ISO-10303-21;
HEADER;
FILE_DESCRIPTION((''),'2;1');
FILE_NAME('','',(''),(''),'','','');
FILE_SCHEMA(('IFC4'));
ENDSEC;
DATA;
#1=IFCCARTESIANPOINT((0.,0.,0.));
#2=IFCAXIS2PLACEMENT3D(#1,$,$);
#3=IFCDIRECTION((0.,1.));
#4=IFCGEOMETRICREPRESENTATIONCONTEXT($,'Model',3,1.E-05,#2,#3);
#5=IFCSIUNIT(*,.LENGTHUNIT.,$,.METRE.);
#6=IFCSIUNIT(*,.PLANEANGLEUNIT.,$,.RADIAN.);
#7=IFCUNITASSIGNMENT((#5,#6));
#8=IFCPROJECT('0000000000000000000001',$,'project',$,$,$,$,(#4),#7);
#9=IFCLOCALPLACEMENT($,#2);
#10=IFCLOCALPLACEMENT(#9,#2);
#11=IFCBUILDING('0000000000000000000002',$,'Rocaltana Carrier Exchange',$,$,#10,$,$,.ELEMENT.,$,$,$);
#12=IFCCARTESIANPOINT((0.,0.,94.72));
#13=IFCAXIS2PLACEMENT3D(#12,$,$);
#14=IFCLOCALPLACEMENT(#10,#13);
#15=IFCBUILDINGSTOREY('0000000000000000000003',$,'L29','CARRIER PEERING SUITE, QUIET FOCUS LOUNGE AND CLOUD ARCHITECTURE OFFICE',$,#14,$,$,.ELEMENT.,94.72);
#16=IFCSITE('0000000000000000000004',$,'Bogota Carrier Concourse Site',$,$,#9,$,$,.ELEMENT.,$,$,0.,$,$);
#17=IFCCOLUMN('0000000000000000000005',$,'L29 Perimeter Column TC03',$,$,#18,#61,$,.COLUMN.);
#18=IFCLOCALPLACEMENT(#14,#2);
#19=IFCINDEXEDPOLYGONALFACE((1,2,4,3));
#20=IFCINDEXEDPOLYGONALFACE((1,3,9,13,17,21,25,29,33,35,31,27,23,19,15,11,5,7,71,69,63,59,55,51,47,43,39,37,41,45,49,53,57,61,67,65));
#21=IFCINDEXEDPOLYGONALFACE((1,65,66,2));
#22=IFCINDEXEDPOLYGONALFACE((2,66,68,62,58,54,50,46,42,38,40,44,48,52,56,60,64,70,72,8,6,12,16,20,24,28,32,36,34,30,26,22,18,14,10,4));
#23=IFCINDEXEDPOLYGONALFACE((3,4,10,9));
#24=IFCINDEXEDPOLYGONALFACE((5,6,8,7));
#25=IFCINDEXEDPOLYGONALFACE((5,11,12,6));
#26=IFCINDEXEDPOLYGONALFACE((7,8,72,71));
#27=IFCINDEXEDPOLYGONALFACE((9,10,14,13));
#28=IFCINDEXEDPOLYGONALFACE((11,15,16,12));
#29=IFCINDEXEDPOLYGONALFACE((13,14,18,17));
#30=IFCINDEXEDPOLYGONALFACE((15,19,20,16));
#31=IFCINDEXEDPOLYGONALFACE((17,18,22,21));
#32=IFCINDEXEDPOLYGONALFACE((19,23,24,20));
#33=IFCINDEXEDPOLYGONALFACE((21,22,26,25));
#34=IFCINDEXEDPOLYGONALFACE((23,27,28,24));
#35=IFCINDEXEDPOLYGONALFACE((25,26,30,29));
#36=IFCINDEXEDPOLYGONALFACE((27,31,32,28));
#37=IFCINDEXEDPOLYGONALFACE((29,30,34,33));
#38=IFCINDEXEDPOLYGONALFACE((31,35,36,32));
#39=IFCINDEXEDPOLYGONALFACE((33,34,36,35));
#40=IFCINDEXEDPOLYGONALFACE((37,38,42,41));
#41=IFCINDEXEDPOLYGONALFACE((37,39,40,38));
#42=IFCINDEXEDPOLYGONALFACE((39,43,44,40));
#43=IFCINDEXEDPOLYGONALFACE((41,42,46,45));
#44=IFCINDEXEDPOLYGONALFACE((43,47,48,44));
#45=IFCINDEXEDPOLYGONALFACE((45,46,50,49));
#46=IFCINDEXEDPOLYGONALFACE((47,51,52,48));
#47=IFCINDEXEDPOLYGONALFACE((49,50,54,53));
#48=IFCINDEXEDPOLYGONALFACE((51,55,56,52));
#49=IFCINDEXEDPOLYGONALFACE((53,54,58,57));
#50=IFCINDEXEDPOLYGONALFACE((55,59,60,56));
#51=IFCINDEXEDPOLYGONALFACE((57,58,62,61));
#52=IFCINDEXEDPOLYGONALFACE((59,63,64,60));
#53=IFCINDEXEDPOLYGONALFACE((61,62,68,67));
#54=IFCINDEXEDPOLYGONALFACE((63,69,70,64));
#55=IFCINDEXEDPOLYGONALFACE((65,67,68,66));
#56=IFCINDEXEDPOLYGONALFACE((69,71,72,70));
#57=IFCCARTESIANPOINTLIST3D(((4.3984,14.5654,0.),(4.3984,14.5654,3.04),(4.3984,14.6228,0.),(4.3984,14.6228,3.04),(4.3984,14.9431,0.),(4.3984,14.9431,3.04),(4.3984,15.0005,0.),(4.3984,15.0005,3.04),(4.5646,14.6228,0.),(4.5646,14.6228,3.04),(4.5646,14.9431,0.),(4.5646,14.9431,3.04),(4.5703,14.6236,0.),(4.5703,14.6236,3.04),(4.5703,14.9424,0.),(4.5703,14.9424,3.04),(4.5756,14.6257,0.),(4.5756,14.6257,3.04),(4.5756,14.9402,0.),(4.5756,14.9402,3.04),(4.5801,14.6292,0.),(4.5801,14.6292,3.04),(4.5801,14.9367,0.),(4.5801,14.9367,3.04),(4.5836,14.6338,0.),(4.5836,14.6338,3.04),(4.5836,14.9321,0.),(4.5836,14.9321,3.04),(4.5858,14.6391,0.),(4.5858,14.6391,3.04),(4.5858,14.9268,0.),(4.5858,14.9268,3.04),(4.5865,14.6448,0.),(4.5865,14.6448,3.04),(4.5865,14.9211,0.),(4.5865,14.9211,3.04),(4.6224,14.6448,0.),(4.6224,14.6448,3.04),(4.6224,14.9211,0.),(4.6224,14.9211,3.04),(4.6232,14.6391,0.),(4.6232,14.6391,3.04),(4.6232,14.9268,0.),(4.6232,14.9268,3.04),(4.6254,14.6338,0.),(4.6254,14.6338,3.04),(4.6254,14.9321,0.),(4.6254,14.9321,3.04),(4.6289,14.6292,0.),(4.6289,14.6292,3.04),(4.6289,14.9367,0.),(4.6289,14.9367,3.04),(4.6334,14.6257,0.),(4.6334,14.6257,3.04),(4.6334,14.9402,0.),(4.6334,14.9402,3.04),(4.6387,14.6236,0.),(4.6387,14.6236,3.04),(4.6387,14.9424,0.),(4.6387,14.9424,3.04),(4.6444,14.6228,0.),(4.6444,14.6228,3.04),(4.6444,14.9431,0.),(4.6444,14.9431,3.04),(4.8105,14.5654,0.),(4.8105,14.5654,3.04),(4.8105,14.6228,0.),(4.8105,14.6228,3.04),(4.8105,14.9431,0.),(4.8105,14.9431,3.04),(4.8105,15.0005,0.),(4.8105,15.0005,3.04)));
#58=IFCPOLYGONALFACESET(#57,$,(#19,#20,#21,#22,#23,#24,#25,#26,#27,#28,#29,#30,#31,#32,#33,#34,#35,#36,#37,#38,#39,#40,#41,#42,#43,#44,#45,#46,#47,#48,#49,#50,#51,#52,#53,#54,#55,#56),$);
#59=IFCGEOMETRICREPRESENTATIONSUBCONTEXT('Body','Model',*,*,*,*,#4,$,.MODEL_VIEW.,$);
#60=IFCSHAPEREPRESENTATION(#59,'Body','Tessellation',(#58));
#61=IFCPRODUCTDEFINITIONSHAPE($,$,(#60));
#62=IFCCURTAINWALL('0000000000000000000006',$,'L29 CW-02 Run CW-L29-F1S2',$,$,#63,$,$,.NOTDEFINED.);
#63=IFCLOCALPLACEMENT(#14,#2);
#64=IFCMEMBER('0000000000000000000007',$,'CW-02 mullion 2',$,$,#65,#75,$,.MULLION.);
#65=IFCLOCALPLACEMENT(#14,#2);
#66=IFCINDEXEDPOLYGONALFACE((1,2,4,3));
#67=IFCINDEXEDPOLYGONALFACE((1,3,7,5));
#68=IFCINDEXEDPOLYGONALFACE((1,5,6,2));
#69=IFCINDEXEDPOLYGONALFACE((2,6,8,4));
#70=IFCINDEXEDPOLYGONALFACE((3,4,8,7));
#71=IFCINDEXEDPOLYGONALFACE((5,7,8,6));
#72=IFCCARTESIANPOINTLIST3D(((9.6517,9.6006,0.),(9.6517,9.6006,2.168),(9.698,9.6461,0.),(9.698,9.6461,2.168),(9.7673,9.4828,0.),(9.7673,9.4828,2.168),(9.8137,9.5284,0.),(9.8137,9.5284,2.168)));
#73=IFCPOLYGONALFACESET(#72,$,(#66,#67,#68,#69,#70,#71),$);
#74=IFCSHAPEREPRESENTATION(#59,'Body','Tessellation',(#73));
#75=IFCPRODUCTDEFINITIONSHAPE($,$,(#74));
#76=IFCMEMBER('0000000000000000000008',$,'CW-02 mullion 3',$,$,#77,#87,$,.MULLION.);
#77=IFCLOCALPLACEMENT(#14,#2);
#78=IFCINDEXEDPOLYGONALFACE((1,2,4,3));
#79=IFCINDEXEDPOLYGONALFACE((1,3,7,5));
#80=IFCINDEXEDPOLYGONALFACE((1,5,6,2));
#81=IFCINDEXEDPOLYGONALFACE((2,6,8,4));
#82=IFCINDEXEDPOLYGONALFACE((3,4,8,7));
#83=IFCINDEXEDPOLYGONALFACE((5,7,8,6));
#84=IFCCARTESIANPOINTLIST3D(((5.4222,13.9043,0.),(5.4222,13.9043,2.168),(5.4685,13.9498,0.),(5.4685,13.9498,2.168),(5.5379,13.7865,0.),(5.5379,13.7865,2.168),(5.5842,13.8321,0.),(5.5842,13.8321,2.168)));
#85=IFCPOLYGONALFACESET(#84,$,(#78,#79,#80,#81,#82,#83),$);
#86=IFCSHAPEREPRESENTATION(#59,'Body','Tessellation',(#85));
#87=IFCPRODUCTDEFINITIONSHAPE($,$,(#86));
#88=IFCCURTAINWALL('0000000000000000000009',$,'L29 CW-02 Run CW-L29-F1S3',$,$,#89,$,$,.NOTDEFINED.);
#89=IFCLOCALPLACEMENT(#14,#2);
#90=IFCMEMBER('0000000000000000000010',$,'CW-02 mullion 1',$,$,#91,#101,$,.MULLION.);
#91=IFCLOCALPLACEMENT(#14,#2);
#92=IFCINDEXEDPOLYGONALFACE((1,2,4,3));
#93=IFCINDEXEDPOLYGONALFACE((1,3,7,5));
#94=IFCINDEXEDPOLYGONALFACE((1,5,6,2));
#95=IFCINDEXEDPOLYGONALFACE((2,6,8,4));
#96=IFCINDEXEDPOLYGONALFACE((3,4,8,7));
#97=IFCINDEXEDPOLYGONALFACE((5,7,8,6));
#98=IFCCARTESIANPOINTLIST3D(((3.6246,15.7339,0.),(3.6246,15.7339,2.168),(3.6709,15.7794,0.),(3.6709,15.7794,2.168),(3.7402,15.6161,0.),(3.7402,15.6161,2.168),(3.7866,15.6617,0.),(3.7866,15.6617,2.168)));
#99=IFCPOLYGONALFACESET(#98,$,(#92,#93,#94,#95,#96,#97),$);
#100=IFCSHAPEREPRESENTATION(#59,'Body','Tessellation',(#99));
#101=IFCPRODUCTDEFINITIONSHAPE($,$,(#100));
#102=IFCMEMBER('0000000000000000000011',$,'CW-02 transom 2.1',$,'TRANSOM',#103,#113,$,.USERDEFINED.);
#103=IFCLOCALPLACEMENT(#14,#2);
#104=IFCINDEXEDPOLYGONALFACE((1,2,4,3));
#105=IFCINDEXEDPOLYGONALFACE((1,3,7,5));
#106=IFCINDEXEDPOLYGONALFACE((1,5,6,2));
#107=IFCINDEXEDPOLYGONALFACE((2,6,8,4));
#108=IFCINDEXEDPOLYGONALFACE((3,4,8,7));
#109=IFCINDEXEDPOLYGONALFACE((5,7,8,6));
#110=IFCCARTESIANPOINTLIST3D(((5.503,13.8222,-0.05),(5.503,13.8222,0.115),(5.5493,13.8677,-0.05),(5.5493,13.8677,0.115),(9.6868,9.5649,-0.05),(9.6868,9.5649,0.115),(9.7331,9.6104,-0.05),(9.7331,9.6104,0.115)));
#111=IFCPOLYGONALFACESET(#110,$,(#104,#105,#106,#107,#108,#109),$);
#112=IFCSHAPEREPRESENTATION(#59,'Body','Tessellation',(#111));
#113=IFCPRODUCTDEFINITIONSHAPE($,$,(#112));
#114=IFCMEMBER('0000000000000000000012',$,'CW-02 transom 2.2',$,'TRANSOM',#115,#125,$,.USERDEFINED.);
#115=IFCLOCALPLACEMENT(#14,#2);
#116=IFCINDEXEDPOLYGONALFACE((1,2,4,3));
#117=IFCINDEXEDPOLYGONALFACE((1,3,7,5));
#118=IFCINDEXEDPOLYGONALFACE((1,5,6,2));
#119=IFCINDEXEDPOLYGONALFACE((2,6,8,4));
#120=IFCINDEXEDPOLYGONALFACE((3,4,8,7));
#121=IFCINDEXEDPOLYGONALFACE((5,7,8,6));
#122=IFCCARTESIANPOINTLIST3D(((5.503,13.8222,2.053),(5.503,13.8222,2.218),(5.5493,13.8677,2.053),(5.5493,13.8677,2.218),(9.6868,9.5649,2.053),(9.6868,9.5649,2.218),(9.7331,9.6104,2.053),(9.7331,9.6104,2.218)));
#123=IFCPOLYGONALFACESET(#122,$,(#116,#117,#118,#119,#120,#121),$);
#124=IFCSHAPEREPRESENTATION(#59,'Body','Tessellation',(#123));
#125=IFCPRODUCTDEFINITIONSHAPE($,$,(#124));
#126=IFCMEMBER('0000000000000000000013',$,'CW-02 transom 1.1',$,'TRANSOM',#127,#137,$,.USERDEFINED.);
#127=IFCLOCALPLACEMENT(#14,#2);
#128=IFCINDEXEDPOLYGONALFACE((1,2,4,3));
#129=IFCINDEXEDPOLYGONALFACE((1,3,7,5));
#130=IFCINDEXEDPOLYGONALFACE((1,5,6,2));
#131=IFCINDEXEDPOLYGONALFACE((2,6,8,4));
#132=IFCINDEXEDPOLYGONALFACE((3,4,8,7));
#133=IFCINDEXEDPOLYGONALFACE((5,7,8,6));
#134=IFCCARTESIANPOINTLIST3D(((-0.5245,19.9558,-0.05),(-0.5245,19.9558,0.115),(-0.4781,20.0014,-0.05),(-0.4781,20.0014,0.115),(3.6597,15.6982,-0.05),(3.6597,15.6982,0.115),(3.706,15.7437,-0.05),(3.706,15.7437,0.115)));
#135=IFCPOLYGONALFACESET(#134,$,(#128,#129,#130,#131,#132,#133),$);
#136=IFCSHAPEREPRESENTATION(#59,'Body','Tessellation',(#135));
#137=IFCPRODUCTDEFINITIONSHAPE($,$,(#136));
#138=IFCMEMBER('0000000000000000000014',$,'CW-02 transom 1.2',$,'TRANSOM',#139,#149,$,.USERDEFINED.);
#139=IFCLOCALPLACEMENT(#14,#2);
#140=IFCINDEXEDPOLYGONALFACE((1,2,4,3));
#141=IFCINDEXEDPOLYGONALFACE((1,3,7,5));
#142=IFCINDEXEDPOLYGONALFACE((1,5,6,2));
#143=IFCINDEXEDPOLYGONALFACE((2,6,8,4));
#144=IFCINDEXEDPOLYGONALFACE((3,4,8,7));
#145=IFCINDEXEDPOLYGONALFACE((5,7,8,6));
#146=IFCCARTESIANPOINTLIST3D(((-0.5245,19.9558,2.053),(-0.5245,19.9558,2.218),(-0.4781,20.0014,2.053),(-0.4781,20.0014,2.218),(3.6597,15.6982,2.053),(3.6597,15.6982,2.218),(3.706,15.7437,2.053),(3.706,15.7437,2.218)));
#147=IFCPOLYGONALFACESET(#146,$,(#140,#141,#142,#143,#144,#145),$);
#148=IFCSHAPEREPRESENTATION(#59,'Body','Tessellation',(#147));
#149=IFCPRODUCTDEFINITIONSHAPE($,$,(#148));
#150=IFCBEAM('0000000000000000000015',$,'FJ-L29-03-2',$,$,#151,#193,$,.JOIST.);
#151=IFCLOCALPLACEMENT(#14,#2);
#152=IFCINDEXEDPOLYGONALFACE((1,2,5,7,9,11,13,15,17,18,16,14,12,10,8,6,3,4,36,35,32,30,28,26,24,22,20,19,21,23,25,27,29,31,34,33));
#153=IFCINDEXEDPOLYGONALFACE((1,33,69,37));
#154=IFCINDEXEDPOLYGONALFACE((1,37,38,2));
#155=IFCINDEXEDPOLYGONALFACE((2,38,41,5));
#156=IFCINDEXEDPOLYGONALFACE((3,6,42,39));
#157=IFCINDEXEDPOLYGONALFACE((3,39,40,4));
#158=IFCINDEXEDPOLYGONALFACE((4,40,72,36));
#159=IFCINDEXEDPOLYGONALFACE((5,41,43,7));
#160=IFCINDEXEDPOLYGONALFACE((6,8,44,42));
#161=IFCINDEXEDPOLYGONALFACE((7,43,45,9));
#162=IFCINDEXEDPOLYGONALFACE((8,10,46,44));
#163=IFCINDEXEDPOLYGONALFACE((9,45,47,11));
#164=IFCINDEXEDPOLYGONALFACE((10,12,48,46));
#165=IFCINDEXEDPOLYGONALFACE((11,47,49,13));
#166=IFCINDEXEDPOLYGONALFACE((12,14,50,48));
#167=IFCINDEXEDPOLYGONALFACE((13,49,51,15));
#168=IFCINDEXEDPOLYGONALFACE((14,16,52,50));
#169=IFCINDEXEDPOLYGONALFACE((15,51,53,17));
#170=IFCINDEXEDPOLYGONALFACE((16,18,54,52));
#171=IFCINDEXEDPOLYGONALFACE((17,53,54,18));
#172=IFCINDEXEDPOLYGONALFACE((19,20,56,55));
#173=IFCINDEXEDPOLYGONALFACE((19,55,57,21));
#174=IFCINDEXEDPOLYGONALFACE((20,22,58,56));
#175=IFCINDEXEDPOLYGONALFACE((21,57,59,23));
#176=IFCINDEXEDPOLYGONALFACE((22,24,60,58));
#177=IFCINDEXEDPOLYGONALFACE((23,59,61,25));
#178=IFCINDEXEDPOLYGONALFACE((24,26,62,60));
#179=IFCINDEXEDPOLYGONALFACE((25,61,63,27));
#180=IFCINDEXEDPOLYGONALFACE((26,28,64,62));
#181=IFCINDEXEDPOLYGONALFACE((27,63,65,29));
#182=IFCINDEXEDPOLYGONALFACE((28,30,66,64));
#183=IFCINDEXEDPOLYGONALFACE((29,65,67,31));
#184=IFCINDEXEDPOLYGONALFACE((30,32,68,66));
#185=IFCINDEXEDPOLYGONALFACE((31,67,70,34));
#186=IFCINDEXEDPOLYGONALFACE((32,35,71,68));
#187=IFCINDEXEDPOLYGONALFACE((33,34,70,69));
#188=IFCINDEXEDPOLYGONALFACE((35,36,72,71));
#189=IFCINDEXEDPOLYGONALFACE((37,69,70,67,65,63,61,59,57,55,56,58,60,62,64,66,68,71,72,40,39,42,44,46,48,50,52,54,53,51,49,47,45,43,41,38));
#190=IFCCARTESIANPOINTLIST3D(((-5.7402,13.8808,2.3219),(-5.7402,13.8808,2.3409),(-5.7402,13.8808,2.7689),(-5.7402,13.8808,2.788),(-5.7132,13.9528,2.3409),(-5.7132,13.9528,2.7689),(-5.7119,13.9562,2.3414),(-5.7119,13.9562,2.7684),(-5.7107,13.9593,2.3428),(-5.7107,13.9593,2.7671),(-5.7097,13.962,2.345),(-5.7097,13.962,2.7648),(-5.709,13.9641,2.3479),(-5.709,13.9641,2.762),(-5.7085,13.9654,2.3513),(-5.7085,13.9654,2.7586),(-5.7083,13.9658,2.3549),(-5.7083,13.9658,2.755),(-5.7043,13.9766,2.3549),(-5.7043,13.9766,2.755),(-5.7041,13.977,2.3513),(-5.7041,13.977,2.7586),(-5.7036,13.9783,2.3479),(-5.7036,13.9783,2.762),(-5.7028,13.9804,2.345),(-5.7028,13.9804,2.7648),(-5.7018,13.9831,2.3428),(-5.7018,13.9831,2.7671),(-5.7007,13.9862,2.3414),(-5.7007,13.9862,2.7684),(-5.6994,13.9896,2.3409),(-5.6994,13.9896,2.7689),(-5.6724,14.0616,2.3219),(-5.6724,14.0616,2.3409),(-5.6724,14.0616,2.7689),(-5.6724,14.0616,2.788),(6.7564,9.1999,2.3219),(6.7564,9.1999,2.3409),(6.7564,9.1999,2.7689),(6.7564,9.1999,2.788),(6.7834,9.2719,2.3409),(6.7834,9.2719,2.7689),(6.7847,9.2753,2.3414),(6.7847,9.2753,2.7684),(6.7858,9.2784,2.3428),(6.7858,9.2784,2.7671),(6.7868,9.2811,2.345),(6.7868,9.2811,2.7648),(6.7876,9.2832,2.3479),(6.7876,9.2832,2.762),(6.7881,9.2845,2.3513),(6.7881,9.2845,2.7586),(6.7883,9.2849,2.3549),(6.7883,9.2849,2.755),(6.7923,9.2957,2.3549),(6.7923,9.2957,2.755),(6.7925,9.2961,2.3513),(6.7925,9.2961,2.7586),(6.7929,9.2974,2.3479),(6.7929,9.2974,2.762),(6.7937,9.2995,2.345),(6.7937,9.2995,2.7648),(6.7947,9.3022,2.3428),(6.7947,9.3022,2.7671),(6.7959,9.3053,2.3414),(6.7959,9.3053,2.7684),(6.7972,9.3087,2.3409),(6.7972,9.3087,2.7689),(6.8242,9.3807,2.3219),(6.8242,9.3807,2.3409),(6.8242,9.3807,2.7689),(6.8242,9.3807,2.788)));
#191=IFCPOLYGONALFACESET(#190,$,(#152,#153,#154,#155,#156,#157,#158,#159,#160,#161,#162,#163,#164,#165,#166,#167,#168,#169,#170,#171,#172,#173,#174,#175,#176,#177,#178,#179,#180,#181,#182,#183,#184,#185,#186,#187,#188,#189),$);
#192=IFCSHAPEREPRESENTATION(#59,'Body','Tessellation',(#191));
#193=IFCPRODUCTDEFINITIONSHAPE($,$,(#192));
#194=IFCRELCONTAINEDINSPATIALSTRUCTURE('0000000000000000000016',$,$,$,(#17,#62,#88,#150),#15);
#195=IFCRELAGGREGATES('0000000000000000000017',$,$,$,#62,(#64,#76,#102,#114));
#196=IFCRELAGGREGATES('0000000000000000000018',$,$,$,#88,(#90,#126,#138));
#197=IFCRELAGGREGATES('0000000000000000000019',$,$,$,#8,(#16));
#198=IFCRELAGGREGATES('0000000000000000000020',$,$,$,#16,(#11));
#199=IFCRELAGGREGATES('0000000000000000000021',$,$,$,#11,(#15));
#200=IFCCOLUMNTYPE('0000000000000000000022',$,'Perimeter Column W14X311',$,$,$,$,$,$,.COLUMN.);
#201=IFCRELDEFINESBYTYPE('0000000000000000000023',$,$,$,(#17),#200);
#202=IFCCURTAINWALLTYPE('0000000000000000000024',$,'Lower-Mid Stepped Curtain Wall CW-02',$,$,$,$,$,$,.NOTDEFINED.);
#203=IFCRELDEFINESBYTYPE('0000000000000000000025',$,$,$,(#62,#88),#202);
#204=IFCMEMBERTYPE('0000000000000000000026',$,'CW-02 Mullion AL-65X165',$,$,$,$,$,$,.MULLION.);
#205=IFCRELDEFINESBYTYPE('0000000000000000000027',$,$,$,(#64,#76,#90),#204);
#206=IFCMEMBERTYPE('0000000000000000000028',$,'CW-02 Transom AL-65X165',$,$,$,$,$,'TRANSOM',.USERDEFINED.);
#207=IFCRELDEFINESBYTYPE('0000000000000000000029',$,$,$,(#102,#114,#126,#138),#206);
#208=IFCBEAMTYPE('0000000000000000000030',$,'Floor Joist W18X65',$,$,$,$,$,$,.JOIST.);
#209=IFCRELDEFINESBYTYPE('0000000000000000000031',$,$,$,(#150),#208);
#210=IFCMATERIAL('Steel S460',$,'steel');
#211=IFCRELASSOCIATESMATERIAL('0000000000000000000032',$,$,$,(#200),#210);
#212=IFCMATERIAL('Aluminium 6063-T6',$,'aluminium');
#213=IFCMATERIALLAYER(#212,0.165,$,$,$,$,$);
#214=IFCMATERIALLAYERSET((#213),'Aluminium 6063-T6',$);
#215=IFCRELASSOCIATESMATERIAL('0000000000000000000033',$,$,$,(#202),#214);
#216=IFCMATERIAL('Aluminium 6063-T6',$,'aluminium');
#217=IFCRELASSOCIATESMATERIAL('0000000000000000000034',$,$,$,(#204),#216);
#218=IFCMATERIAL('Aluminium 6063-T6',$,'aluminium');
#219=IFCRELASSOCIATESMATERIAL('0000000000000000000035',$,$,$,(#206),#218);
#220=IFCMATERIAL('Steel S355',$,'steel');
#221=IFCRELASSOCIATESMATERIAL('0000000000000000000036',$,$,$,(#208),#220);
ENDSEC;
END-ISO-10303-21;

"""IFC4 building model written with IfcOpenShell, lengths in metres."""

from ifc_helpers import new_model, si_unit, direction, frame, origin, origin_2d, place, context, subcontext, project, spatial, rectangle, i_section, extrude, material, layer, layer_set, material_profile, profile_set, type_object, element, aggregate, save


model = new_model("IFC4")

# Units and contexts
model_context = context("Model", 3, precision=1e-05, world=origin(), true_north=direction((0.0, 1.0)))
body_context = subcontext(model_context, "Body", "Model", "MODEL_VIEW")
ifc_project = project(units=[si_unit("LENGTHUNIT", "METRE"), si_unit("PLANEANGLEUNIT", "RADIAN")], contexts=[model_context])

# Site, building, storey
site_placement = place(None, origin())
site = spatial("IfcSite", under=ifc_project, at=site_placement, Name="Bogota Carrier Concourse Site", CompositionType="ELEMENT", RefElevation=0.0)
building_placement = place(site_placement, origin())
building = spatial("IfcBuilding", under=site, at=building_placement, Name="Rocaltana Carrier Exchange", CompositionType="ELEMENT")
storey_placement = place(building_placement, frame((0.0, 0.0, 94.72)))
storey = spatial("IfcBuildingStorey", under=building, at=storey_placement, Name="L29", Description="CARRIER PEERING SUITE, QUIET FOCUS LOUNGE AND CLOUD ARCHITECTURE OFFICE", CompositionType="ELEMENT", Elevation=94.72)

# Column
ifc_material_1 = material(Name="Steel S460", Category="steel")
ifc_material_profile_1 = material_profile(ifc_material_1, i_section(OverallWidth=0.4121, OverallDepth=0.4351, WebThickness=0.0359, FlangeThickness=0.0574, FilletRadius=0.022, at=origin_2d()), Name="W14X311")
ifc_profile_set_1 = profile_set([ifc_material_profile_1], Name="Steel S460")
column_type = type_object("IfcColumnType", Name="Perimeter Column W14X311", PredefinedType="COLUMN", material=ifc_profile_set_1)
column_placement = place(storey_placement, frame((4.6045, 14.783, 0.0), z_axis=(0.0, 0.0, 1.0), x_axis=(1.0, 0.0, 0.0)))
element("IfcColumn", 1, at=column_placement, inside=storey, type_object=column_type, Name="L29 Perimeter Column TC03", PredefinedType="COLUMN", context=body_context, shape_type="SweptSolid", body=[
    extrude(i_section(OverallWidth=0.4121, OverallDepth=0.4351, WebThickness=0.0359, FlangeThickness=0.0574, FilletRadius=0.022, at=origin_2d()), origin(), (0.0, 0.0, 1.0), 3.04),
])

# Curtain wall, members
ifc_material_2 = material(Name="Aluminium 6063-T6", Category="aluminium")
ifc_layer_1 = layer(ifc_material_2, 0.165)
ifc_layer_set_1 = layer_set([ifc_layer_1], Name="Aluminium 6063-T6")
curtain_wall_type = type_object("IfcCurtainWallType", Name="Lower-Mid Stepped Curtain Wall CW-02", PredefinedType="NOTDEFINED", material=ifc_layer_set_1)
curtain_wall_1_placement = place(storey_placement, origin())
curtain_wall_1 = element("IfcCurtainWall", 2, at=curtain_wall_1_placement, inside=storey, type_object=curtain_wall_type, Name="L29 CW-02 Run CW-L29-F1S2", PredefinedType="NOTDEFINED")
ifc_material_3 = material(Name="Aluminium 6063-T6", Category="aluminium")
ifc_material_profile_2 = material_profile(ifc_material_3, rectangle(XDim=0.0649, YDim=0.165, at=origin_2d()), Name="AL-65X165")
ifc_profile_set_2 = profile_set([ifc_material_profile_2], Name="Aluminium 6063-T6")
member_type_1 = type_object("IfcMemberType", Name="CW-02 Mullion AL-65X165", PredefinedType="MULLION", material=ifc_profile_set_2)
member_1_placement = place(storey_placement, frame((9.7327, 9.5645, 0.0), z_axis=(0.0, 0.0, 1.0), x_axis=(-0.713245, -0.700915, 0.0)))
member_1 = element("IfcMember", 3, at=member_1_placement, type_object=member_type_1, Name="CW-02 mullion 2", PredefinedType="MULLION", context=body_context, shape_type="SweptSolid", body=[
    extrude(rectangle(XDim=0.0649, YDim=0.165, at=origin_2d()), origin(), (0.0, 0.0, 1.0), 2.168),
])
member_2_placement = place(storey_placement, frame((5.5032, 13.8682, 0.0), z_axis=(0.0, 0.0, 1.0), x_axis=(-0.713245, -0.700915, 0.0)))
member_2 = element("IfcMember", 4, at=member_2_placement, type_object=member_type_1, Name="CW-02 mullion 3", PredefinedType="MULLION", context=body_context, shape_type="SweptSolid", body=[
    extrude(rectangle(XDim=0.0649, YDim=0.165, at=origin_2d()), origin(), (0.0, 0.0, 1.0), 2.168),
])

# Curtain wall, member
curtain_wall_2_placement = place(storey_placement, origin())
curtain_wall_2 = element("IfcCurtainWall", 5, at=curtain_wall_2_placement, inside=storey, type_object=curtain_wall_type, Name="L29 CW-02 Run CW-L29-F1S3", PredefinedType="NOTDEFINED")
member_3_placement = place(storey_placement, frame((3.7056, 15.6978, 0.0), z_axis=(0.0, 0.0, 1.0), x_axis=(-0.713245, -0.700915, 0.0)))
member_3 = element("IfcMember", 6, at=member_3_placement, type_object=member_type_1, Name="CW-02 mullion 1", PredefinedType="MULLION", context=body_context, shape_type="SweptSolid", body=[
    extrude(rectangle(XDim=0.0649, YDim=0.165, at=origin_2d()), origin(), (0.0, 0.0, 1.0), 2.168),
])

# Members
ifc_material_4 = material(Name="Aluminium 6063-T6", Category="aluminium")
ifc_material_profile_3 = material_profile(ifc_material_4, rectangle(XDim=0.0649, YDim=0.165, at=origin_2d()), Name="AL-65X165")
ifc_profile_set_3 = profile_set([ifc_material_profile_3], Name="Aluminium 6063-T6")
member_type_2 = type_object("IfcMemberType", Name="CW-02 Transom AL-65X165", ElementType="TRANSOM", PredefinedType="USERDEFINED", material=ifc_profile_set_3)
member_4_placement = place(storey_placement, frame((9.71, 9.5876, 0.0325), z_axis=(-0.700924, 0.713236, 0.0), x_axis=(-0.713236, -0.700924, 0.0)))
member_4 = element("IfcMember", 7, at=member_4_placement, type_object=member_type_2, Name="CW-02 transom 2.1", ObjectType="TRANSOM", PredefinedType="USERDEFINED", context=body_context, shape_type="SweptSolid", body=[
    extrude(rectangle(XDim=0.0649, YDim=0.165, at=origin_2d()), origin(), (0.0, 0.0, 1.0), 5.969),
])
member_5_placement = place(storey_placement, frame((9.71, 9.5876, 2.1355), z_axis=(-0.700924, 0.713236, 0.0), x_axis=(-0.713236, -0.700924, 0.0)))
member_5 = element("IfcMember", 8, at=member_5_placement, type_object=member_type_2, Name="CW-02 transom 2.2", ObjectType="TRANSOM", PredefinedType="USERDEFINED", context=body_context, shape_type="SweptSolid", body=[
    extrude(rectangle(XDim=0.0649, YDim=0.165, at=origin_2d()), origin(), (0.0, 0.0, 1.0), 5.969),
])
member_6_placement = place(storey_placement, frame((3.6829, 15.7209, 0.0325), z_axis=(-0.700925, 0.713235, 0.0), x_axis=(-0.713235, -0.700925, 0.0)))
member_6 = element("IfcMember", 9, at=member_6_placement, type_object=member_type_2, Name="CW-02 transom 1.1", ObjectType="TRANSOM", PredefinedType="USERDEFINED", context=body_context, shape_type="SweptSolid", body=[
    extrude(rectangle(XDim=0.0649, YDim=0.165, at=origin_2d()), origin(), (0.0, 0.0, 1.0), 5.9695),
])
member_7_placement = place(storey_placement, frame((3.6829, 15.7209, 2.1355), z_axis=(-0.700925, 0.713235, 0.0), x_axis=(-0.713235, -0.700925, 0.0)))
member_7 = element("IfcMember", 10, at=member_7_placement, type_object=member_type_2, Name="CW-02 transom 1.2", ObjectType="TRANSOM", PredefinedType="USERDEFINED", context=body_context, shape_type="SweptSolid", body=[
    extrude(rectangle(XDim=0.0649, YDim=0.165, at=origin_2d()), origin(), (0.0, 0.0, 1.0), 5.9695),
])

# Beam
ifc_material_5 = material(Name="Steel S355", Category="steel")
ifc_material_profile_4 = material_profile(ifc_material_5, i_section(OverallWidth=0.1931, OverallDepth=0.4661, WebThickness=0.0115, FlangeThickness=0.019, FilletRadius=0.0139, at=origin_2d()), Name="W18X65")
ifc_profile_set_4 = profile_set([ifc_material_profile_4], Name="Steel S355")
beam_type_1 = type_object("IfcBeamType", Name="Floor Joist W18X65", PredefinedType="JOIST", material=ifc_profile_set_4)
beam_1_placement = place(storey_placement, frame((6.7903, 9.2903, 2.5549), z_axis=(-0.93646, 0.350775, 0.0), x_axis=(-0.350775, -0.93646, 0.0)))
element("IfcBeam", 11, at=beam_1_placement, inside=storey, type_object=beam_type_1, Name="FJ-L29-03-2", PredefinedType="JOIST", context=body_context, shape_type="SweptSolid", body=[
    extrude(i_section(OverallWidth=0.1931, OverallDepth=0.4661, WebThickness=0.0115, FlangeThickness=0.019, FilletRadius=0.0139, at=origin_2d()), origin(), (0.0, 0.0, 1.0), 13.3445),
])

aggregate(curtain_wall_1, [member_1, member_2, member_4, member_5])
aggregate(curtain_wall_2, [member_3, member_6, member_7])

save(model, "model.ifc")
